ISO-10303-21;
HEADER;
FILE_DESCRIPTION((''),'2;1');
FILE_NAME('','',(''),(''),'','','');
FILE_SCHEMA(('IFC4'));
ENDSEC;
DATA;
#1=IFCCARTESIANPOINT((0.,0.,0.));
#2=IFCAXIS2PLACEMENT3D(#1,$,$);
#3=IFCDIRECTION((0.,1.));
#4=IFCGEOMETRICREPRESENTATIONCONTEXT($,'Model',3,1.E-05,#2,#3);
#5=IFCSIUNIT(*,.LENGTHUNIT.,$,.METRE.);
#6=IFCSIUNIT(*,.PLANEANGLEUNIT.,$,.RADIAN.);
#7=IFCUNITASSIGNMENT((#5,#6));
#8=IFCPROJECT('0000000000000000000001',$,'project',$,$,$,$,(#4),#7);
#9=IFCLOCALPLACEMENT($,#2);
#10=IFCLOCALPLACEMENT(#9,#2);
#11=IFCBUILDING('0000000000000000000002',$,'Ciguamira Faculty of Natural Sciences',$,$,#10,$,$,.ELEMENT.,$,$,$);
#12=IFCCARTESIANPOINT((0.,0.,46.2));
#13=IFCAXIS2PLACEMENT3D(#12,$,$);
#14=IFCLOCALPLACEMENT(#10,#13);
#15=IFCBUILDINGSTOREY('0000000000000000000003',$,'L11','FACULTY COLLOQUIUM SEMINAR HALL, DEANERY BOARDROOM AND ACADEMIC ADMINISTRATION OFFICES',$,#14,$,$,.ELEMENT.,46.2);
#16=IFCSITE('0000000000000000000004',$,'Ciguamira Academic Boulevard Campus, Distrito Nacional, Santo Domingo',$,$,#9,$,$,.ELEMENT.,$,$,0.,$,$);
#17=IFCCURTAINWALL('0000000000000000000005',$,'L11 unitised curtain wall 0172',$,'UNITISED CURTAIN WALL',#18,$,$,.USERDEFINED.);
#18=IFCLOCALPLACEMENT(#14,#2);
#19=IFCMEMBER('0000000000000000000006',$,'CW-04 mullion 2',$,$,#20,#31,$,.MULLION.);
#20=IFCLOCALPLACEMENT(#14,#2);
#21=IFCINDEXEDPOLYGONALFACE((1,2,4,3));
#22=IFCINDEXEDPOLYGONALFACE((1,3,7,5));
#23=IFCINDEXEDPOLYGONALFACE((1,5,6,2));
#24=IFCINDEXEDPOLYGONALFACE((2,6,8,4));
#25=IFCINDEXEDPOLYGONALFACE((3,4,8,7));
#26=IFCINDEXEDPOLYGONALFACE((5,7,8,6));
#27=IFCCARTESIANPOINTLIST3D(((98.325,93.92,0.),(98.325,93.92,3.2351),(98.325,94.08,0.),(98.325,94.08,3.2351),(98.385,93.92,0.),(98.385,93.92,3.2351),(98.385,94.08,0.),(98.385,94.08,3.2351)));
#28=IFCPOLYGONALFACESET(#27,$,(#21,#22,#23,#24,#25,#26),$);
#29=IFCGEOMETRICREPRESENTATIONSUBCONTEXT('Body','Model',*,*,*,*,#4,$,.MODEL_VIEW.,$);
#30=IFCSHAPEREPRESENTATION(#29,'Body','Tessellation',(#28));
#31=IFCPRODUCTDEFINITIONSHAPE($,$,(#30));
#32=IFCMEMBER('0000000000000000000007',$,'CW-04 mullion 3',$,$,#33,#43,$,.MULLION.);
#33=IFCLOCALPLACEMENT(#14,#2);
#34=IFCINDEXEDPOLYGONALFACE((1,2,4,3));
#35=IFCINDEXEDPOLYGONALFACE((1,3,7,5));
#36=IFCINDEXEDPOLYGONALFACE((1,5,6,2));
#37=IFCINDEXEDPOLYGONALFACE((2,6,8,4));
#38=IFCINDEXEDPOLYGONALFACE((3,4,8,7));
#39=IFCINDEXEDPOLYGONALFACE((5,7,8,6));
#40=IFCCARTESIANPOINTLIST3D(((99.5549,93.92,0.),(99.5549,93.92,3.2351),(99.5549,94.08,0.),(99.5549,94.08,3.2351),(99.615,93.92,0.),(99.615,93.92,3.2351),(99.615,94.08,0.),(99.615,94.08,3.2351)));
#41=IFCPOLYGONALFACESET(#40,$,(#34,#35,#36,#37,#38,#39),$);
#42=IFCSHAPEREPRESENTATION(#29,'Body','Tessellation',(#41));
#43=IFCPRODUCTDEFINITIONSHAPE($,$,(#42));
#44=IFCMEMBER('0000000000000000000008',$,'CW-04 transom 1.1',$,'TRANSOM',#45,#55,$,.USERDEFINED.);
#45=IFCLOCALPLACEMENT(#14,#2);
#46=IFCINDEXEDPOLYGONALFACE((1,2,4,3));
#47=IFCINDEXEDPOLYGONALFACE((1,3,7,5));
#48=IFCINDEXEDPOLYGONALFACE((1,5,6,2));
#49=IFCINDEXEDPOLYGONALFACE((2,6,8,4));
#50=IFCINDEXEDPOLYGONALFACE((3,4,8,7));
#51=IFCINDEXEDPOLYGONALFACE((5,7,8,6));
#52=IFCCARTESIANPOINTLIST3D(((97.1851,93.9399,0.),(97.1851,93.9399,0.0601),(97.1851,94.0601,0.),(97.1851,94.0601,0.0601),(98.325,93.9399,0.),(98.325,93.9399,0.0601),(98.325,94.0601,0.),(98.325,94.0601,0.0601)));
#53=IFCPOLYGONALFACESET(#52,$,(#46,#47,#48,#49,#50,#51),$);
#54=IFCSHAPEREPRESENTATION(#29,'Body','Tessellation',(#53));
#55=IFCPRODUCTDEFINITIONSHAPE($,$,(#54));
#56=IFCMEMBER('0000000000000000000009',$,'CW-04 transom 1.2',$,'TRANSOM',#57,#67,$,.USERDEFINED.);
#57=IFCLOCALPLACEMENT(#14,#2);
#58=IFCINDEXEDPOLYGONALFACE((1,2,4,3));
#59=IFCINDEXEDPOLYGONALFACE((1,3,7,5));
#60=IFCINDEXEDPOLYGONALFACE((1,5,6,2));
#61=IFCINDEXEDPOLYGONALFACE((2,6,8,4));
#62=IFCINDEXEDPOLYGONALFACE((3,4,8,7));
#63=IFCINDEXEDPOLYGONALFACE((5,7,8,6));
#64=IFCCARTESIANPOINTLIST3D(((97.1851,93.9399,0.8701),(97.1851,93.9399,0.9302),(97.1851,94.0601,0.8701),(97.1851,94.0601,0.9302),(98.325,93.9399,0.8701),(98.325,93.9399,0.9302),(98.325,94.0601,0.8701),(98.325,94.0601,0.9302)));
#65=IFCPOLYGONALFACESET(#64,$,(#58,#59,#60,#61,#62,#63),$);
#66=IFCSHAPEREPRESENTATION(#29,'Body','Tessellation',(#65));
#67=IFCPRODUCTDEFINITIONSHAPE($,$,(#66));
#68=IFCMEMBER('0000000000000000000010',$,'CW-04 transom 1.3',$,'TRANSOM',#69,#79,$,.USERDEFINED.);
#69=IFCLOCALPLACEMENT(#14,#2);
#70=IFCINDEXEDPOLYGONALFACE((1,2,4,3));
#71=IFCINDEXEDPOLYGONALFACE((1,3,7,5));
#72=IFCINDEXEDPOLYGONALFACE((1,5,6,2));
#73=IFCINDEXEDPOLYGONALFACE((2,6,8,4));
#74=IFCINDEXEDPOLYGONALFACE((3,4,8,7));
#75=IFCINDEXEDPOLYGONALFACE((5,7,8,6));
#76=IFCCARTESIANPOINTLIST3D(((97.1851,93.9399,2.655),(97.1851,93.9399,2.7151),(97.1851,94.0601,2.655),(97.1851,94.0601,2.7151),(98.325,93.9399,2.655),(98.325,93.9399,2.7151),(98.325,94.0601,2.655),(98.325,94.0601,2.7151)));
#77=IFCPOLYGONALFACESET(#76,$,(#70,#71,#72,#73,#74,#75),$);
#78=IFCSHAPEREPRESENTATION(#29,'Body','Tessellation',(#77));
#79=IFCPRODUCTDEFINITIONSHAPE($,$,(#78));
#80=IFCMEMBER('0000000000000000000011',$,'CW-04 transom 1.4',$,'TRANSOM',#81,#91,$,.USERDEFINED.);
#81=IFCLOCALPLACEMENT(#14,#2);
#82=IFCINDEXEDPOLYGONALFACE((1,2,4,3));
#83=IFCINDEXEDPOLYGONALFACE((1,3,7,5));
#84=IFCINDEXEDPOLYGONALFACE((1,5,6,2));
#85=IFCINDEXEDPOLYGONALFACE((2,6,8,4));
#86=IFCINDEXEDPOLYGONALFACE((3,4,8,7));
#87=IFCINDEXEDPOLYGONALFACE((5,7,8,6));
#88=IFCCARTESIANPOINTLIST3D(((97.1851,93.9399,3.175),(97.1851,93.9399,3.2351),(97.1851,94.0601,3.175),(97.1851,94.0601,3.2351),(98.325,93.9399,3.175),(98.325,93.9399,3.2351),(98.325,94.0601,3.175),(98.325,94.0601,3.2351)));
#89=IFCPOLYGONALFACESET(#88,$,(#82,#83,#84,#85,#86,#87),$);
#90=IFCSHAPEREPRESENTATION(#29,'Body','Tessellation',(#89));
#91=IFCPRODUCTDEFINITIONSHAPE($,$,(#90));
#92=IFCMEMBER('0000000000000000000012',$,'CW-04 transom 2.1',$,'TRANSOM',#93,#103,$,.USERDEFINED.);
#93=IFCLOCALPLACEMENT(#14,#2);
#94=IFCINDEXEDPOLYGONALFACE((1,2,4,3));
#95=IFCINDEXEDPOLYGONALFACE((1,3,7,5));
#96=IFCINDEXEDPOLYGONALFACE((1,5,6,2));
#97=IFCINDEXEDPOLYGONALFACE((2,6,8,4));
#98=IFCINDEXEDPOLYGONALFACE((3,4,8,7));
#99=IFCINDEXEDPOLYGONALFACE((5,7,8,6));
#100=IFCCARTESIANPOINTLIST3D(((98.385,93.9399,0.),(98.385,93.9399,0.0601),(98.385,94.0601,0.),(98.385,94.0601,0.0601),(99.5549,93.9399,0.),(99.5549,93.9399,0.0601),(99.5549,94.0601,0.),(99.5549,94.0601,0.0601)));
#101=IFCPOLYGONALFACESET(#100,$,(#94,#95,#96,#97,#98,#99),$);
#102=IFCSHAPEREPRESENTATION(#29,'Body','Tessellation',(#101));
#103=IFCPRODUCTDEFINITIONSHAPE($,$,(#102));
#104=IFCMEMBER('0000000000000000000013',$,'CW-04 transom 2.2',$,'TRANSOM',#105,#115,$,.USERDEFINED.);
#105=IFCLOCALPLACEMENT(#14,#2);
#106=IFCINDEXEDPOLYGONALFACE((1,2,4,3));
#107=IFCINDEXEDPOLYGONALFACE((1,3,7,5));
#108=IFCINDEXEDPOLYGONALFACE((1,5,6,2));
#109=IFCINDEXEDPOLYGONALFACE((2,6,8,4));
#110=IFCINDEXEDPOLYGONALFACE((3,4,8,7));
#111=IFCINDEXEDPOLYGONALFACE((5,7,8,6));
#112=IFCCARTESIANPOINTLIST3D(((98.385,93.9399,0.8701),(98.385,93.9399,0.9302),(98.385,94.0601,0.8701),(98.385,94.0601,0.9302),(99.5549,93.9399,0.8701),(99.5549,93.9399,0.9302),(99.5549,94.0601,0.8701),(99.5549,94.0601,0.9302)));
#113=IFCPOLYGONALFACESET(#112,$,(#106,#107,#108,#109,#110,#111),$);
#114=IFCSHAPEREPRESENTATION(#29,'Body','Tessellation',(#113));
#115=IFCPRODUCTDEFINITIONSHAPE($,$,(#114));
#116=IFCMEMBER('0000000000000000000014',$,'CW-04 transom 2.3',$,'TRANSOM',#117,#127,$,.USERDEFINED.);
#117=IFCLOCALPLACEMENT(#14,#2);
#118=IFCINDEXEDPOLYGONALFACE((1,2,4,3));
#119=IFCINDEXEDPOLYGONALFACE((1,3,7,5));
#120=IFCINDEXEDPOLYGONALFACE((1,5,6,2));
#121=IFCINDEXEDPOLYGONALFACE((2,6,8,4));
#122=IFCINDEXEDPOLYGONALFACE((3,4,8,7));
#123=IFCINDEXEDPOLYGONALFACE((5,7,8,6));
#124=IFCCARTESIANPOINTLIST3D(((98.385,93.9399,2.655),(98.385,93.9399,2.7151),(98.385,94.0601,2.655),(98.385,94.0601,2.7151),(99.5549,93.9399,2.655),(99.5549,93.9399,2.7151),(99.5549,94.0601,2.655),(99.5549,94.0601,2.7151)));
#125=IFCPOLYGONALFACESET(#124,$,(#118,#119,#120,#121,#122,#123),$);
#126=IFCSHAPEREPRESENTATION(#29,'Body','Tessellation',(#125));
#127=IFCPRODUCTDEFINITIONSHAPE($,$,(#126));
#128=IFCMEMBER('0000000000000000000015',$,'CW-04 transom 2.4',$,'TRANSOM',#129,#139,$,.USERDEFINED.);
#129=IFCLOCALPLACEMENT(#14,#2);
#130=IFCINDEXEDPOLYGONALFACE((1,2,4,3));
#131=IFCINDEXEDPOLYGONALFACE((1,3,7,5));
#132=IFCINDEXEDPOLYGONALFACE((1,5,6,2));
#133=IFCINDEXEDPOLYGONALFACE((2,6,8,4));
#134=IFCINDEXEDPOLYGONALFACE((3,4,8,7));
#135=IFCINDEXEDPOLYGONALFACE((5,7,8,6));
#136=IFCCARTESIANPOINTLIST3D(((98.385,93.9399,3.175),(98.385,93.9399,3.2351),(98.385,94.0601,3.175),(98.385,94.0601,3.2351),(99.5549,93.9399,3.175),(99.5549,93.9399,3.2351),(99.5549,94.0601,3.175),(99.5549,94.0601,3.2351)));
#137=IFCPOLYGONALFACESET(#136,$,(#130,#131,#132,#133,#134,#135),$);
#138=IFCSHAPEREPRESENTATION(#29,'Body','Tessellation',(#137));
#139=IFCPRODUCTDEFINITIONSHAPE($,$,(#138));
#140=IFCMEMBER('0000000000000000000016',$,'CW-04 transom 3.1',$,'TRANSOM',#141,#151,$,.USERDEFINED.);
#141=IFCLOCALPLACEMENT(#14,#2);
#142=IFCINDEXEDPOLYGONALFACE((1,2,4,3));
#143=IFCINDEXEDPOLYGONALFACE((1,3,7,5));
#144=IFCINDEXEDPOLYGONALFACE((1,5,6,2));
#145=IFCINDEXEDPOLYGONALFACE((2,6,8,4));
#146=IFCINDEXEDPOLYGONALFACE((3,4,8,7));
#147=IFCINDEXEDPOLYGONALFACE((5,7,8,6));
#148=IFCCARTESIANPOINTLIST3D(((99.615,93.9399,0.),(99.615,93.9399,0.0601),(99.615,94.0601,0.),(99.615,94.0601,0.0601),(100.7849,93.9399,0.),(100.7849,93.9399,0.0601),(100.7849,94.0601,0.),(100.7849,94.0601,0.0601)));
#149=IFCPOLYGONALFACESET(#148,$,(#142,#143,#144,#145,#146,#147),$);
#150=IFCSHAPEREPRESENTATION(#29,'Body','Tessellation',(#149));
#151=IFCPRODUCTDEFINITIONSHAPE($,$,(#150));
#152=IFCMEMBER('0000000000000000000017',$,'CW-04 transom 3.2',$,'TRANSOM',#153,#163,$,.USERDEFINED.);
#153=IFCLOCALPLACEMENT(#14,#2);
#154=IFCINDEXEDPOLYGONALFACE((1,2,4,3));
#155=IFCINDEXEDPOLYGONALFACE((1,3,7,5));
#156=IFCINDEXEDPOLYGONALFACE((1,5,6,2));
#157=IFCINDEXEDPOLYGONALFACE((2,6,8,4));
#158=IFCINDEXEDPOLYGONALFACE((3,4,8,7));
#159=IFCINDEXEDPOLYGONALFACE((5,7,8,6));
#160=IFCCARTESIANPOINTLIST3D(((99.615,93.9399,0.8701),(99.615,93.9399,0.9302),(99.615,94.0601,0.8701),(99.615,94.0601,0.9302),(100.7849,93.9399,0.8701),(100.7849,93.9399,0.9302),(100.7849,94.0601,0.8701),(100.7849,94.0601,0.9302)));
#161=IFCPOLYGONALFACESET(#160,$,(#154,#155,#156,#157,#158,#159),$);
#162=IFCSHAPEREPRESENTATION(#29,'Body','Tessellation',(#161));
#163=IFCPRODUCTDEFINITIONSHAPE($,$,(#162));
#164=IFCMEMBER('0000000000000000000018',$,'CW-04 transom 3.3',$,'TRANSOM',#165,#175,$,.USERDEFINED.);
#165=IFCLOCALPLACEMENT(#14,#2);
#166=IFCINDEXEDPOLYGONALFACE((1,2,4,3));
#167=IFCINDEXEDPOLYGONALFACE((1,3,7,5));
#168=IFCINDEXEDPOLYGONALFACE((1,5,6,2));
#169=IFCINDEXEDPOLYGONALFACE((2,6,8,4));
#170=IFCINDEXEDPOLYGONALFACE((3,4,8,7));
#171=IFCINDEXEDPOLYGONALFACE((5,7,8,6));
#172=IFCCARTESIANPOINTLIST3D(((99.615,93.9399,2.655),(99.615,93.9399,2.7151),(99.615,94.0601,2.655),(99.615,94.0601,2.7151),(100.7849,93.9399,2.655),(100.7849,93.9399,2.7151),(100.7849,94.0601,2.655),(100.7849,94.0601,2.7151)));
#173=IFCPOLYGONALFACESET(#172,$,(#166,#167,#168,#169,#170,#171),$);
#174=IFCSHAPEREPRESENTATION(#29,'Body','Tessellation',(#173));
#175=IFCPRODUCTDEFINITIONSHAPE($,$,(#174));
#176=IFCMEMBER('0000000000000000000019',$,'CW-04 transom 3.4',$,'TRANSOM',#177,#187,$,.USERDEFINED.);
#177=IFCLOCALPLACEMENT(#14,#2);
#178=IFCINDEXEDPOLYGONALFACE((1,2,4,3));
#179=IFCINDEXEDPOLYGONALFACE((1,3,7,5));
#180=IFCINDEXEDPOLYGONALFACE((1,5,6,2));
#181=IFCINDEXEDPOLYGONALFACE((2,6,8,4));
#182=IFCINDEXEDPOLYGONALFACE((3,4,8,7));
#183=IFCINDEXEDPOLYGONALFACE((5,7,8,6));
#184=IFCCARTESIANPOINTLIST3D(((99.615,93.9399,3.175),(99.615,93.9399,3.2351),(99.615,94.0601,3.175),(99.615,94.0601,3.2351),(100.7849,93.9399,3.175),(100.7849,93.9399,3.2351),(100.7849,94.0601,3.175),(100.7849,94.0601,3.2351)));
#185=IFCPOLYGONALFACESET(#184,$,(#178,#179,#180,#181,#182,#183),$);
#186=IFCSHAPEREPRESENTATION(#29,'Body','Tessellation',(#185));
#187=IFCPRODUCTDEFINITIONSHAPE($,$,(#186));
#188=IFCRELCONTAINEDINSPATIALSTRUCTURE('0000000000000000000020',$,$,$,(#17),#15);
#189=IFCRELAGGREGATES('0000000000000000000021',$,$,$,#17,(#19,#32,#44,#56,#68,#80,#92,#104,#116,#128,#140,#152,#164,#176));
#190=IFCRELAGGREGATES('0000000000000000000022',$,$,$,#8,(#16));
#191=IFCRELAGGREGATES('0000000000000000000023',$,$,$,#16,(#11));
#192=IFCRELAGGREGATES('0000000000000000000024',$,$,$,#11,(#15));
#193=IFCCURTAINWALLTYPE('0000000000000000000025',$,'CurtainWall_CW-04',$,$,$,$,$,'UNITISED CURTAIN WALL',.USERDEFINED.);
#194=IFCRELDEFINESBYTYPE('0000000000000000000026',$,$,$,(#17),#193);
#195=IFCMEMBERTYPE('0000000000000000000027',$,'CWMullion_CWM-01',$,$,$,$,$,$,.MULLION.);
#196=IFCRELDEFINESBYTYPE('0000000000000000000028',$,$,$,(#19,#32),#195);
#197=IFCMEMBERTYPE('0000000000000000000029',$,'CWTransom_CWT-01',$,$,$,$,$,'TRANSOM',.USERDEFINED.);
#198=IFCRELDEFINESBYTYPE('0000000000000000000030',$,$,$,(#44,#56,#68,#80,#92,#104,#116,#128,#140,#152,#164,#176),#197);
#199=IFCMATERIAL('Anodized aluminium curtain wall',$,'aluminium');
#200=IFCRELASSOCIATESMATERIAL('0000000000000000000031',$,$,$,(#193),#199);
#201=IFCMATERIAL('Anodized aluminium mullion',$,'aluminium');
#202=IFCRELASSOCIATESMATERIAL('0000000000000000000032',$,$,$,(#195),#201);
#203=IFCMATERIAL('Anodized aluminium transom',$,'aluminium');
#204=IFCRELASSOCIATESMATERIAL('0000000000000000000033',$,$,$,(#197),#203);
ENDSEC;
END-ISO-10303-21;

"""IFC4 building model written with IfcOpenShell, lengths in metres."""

from ifc_helpers import new_model, si_unit, direction, frame, origin, origin_2d, place, context, subcontext, project, spatial, rectangle, extrude, material, material_profile, profile_set, type_object, element, aggregate, save


model = new_model("IFC4")

# Units and contexts
model_context = context("Model", 3, precision=1e-05, world=origin(), true_north=direction((0.0, 1.0)))
body_context = subcontext(model_context, "Body", "Model", "MODEL_VIEW")
ifc_project = project(units=[si_unit("LENGTHUNIT", "METRE"), si_unit("PLANEANGLEUNIT", "RADIAN")], contexts=[model_context])

# Site, building, storey
site_placement = place(None, origin())
site = spatial("IfcSite", under=ifc_project, at=site_placement, Name="Ciguamira Academic Boulevard Campus, Distrito Nacional, Santo Domingo", CompositionType="ELEMENT", RefElevation=0.0)
building_placement = place(site_placement, origin())
building = spatial("IfcBuilding", under=site, at=building_placement, Name="Ciguamira Faculty of Natural Sciences", CompositionType="ELEMENT")
storey_placement = place(building_placement, frame((0.0, 0.0, 46.2)))
storey = spatial("IfcBuildingStorey", under=building, at=storey_placement, Name="L11", Description="FACULTY COLLOQUIUM SEMINAR HALL, DEANERY BOARDROOM AND ACADEMIC ADMINISTRATION OFFICES", CompositionType="ELEMENT", Elevation=46.2)

# Curtain wall, members
ifc_material_1 = material(Name="Anodized aluminium curtain wall", Category="aluminium")
curtain_wall_type = type_object("IfcCurtainWallType", Name="CurtainWall_CW-04", ElementType="UNITISED CURTAIN WALL", PredefinedType="USERDEFINED", material=ifc_material_1)
curtain_wall_placement = place(storey_placement, origin())
curtain_wall = element("IfcCurtainWall", 1, at=curtain_wall_placement, inside=storey, type_object=curtain_wall_type, Name="L11 unitised curtain wall 0172", ObjectType="UNITISED CURTAIN WALL", PredefinedType="USERDEFINED")
ifc_material_2 = material(Name="Anodized aluminium mullion", Category="aluminium")
ifc_material_profile_1 = material_profile(ifc_material_2, rectangle(XDim=0.0601, YDim=0.1599, at=origin_2d()), Name="ALU-MUL-60X160")
ifc_profile_set_1 = profile_set([ifc_material_profile_1], Name="Anodized aluminium mullion")
member_type_1 = type_object("IfcMemberType", Name="CWMullion_CWM-01", PredefinedType="MULLION", material=ifc_profile_set_1)
member_1_placement = place(storey_placement, frame((98.355, 94.0, 0.0), z_axis=(0.0, 0.0, 1.0), x_axis=(1.0, 0.0, 0.0)))
member_1 = element("IfcMember", 2, at=member_1_placement, type_object=member_type_1, Name="CW-04 mullion 2", PredefinedType="MULLION", context=body_context, shape_type="SweptSolid", body=[
    extrude(rectangle(XDim=0.0601, YDim=0.1599, at=origin_2d()), origin(), (0.0, 0.0, 1.0), 3.2351),
])
member_2_placement = place(storey_placement, frame((99.585, 94.0, 0.0), z_axis=(0.0, 0.0, 1.0), x_axis=(1.0, 0.0, 0.0)))
member_2 = element("IfcMember", 3, at=member_2_placement, type_object=member_type_1, Name="CW-04 mullion 3", PredefinedType="MULLION", context=body_context, shape_type="SweptSolid", body=[
    extrude(rectangle(XDim=0.0601, YDim=0.1599, at=origin_2d()), origin(), (0.0, 0.0, 1.0), 3.2351),
])
ifc_material_3 = material(Name="Anodized aluminium transom", Category="aluminium")
ifc_material_profile_2 = material_profile(ifc_material_3, rectangle(XDim=0.0601, YDim=0.1201, at=origin_2d()), Name="ALU-TRN-60X120")
ifc_profile_set_2 = profile_set([ifc_material_profile_2], Name="Anodized aluminium transom")
member_type_2 = type_object("IfcMemberType", Name="CWTransom_CWT-01", ElementType="TRANSOM", PredefinedType="USERDEFINED", material=ifc_profile_set_2)
member_3_placement = place(storey_placement, frame((97.1851, 94.0, 0.03), z_axis=(1.0, 0.0, 0.0), x_axis=(0.0, 0.0, 1.0)))
member_3 = element("IfcMember", 4, at=member_3_placement, type_object=member_type_2, Name="CW-04 transom 1.1", ObjectType="TRANSOM", PredefinedType="USERDEFINED", context=body_context, shape_type="SweptSolid", body=[
    extrude(rectangle(XDim=0.0601, YDim=0.1201, at=origin_2d()), origin(), (0.0, 0.0, 1.0), 1.1399),
])
member_4_placement = place(storey_placement, frame((97.1851, 94.0, 0.9001), z_axis=(1.0, 0.0, 0.0), x_axis=(0.0, 0.0, 1.0)))
member_4 = element("IfcMember", 5, at=member_4_placement, type_object=member_type_2, Name="CW-04 transom 1.2", ObjectType="TRANSOM", PredefinedType="USERDEFINED", context=body_context, shape_type="SweptSolid", body=[
    extrude(rectangle(XDim=0.0601, YDim=0.1201, at=origin_2d()), origin(), (0.0, 0.0, 1.0), 1.1399),
])
member_5_placement = place(storey_placement, frame((97.1851, 94.0, 2.6851), z_axis=(1.0, 0.0, 0.0), x_axis=(0.0, 0.0, 1.0)))
member_5 = element("IfcMember", 6, at=member_5_placement, type_object=member_type_2, Name="CW-04 transom 1.3", ObjectType="TRANSOM", PredefinedType="USERDEFINED", context=body_context, shape_type="SweptSolid", body=[
    extrude(rectangle(XDim=0.0601, YDim=0.1201, at=origin_2d()), origin(), (0.0, 0.0, 1.0), 1.1399),
])
member_6_placement = place(storey_placement, frame((97.1851, 94.0, 3.2051), z_axis=(1.0, 0.0, 0.0), x_axis=(0.0, 0.0, 1.0)))
member_6 = element("IfcMember", 7, at=member_6_placement, type_object=member_type_2, Name="CW-04 transom 1.4", ObjectType="TRANSOM", PredefinedType="USERDEFINED", context=body_context, shape_type="SweptSolid", body=[
    extrude(rectangle(XDim=0.0601, YDim=0.1201, at=origin_2d()), origin(), (0.0, 0.0, 1.0), 1.1399),
])
member_7_placement = place(storey_placement, frame((98.385, 94.0, 0.03), z_axis=(1.0, 0.0, 0.0), x_axis=(0.0, 0.0, 1.0)))
member_7 = element("IfcMember", 8, at=member_7_placement, type_object=member_type_2, Name="CW-04 transom 2.1", ObjectType="TRANSOM", PredefinedType="USERDEFINED", context=body_context, shape_type="SweptSolid", body=[
    extrude(rectangle(XDim=0.0601, YDim=0.1201, at=origin_2d()), origin(), (0.0, 0.0, 1.0), 1.1699),
])
member_8_placement = place(storey_placement, frame((98.385, 94.0, 0.9001), z_axis=(1.0, 0.0, 0.0), x_axis=(0.0, 0.0, 1.0)))
member_8 = element("IfcMember", 9, at=member_8_placement, type_object=member_type_2, Name="CW-04 transom 2.2", ObjectType="TRANSOM", PredefinedType="USERDEFINED", context=body_context, shape_type="SweptSolid", body=[
    extrude(rectangle(XDim=0.0601, YDim=0.1201, at=origin_2d()), origin(), (0.0, 0.0, 1.0), 1.1699),
])
member_9_placement = place(storey_placement, frame((98.385, 94.0, 2.6851), z_axis=(1.0, 0.0, 0.0), x_axis=(0.0, 0.0, 1.0)))
member_9 = element("IfcMember", 10, at=member_9_placement, type_object=member_type_2, Name="CW-04 transom 2.3", ObjectType="TRANSOM", PredefinedType="USERDEFINED", context=body_context, shape_type="SweptSolid", body=[
    extrude(rectangle(XDim=0.0601, YDim=0.1201, at=origin_2d()), origin(), (0.0, 0.0, 1.0), 1.1699),
])
member_10_placement = place(storey_placement, frame((98.385, 94.0, 3.2051), z_axis=(1.0, 0.0, 0.0), x_axis=(0.0, 0.0, 1.0)))
member_10 = element("IfcMember", 11, at=member_10_placement, type_object=member_type_2, Name="CW-04 transom 2.4", ObjectType="TRANSOM", PredefinedType="USERDEFINED", context=body_context, shape_type="SweptSolid", body=[
    extrude(rectangle(XDim=0.0601, YDim=0.1201, at=origin_2d()), origin(), (0.0, 0.0, 1.0), 1.1699),
])
member_11_placement = place(storey_placement, frame((99.615, 94.0, 0.03), z_axis=(1.0, 0.0, 0.0), x_axis=(0.0, 0.0, 1.0)))
member_11 = element("IfcMember", 12, at=member_11_placement, type_object=member_type_2, Name="CW-04 transom 3.1", ObjectType="TRANSOM", PredefinedType="USERDEFINED", context=body_context, shape_type="SweptSolid", body=[
    extrude(rectangle(XDim=0.0601, YDim=0.1201, at=origin_2d()), origin(), (0.0, 0.0, 1.0), 1.1699),
])
member_12_placement = place(storey_placement, frame((99.615, 94.0, 0.9001), z_axis=(1.0, 0.0, 0.0), x_axis=(0.0, 0.0, 1.0)))
member_12 = element("IfcMember", 13, at=member_12_placement, type_object=member_type_2, Name="CW-04 transom 3.2", ObjectType="TRANSOM", PredefinedType="USERDEFINED", context=body_context, shape_type="SweptSolid", body=[
    extrude(rectangle(XDim=0.0601, YDim=0.1201, at=origin_2d()), origin(), (0.0, 0.0, 1.0), 1.1699),
])
member_13_placement = place(storey_placement, frame((99.615, 94.0, 2.6851), z_axis=(1.0, 0.0, 0.0), x_axis=(0.0, 0.0, 1.0)))
member_13 = element("IfcMember", 14, at=member_13_placement, type_object=member_type_2, Name="CW-04 transom 3.3", ObjectType="TRANSOM", PredefinedType="USERDEFINED", context=body_context, shape_type="SweptSolid", body=[
    extrude(rectangle(XDim=0.0601, YDim=0.1201, at=origin_2d()), origin(), (0.0, 0.0, 1.0), 1.1699),
])
member_14_placement = place(storey_placement, frame((99.615, 94.0, 3.2051), z_axis=(1.0, 0.0, 0.0), x_axis=(0.0, 0.0, 1.0)))
member_14 = element("IfcMember", 15, at=member_14_placement, type_object=member_type_2, Name="CW-04 transom 3.4", ObjectType="TRANSOM", PredefinedType="USERDEFINED", context=body_context, shape_type="SweptSolid", body=[
    extrude(rectangle(XDim=0.0601, YDim=0.1201, at=origin_2d()), origin(), (0.0, 0.0, 1.0), 1.1699),
])
aggregate(curtain_wall, [member_1, member_2, member_3, member_4, member_5, member_6, member_7, member_8, member_9, member_10, member_11, member_12, member_13, member_14])

save(model, "model.ifc")
